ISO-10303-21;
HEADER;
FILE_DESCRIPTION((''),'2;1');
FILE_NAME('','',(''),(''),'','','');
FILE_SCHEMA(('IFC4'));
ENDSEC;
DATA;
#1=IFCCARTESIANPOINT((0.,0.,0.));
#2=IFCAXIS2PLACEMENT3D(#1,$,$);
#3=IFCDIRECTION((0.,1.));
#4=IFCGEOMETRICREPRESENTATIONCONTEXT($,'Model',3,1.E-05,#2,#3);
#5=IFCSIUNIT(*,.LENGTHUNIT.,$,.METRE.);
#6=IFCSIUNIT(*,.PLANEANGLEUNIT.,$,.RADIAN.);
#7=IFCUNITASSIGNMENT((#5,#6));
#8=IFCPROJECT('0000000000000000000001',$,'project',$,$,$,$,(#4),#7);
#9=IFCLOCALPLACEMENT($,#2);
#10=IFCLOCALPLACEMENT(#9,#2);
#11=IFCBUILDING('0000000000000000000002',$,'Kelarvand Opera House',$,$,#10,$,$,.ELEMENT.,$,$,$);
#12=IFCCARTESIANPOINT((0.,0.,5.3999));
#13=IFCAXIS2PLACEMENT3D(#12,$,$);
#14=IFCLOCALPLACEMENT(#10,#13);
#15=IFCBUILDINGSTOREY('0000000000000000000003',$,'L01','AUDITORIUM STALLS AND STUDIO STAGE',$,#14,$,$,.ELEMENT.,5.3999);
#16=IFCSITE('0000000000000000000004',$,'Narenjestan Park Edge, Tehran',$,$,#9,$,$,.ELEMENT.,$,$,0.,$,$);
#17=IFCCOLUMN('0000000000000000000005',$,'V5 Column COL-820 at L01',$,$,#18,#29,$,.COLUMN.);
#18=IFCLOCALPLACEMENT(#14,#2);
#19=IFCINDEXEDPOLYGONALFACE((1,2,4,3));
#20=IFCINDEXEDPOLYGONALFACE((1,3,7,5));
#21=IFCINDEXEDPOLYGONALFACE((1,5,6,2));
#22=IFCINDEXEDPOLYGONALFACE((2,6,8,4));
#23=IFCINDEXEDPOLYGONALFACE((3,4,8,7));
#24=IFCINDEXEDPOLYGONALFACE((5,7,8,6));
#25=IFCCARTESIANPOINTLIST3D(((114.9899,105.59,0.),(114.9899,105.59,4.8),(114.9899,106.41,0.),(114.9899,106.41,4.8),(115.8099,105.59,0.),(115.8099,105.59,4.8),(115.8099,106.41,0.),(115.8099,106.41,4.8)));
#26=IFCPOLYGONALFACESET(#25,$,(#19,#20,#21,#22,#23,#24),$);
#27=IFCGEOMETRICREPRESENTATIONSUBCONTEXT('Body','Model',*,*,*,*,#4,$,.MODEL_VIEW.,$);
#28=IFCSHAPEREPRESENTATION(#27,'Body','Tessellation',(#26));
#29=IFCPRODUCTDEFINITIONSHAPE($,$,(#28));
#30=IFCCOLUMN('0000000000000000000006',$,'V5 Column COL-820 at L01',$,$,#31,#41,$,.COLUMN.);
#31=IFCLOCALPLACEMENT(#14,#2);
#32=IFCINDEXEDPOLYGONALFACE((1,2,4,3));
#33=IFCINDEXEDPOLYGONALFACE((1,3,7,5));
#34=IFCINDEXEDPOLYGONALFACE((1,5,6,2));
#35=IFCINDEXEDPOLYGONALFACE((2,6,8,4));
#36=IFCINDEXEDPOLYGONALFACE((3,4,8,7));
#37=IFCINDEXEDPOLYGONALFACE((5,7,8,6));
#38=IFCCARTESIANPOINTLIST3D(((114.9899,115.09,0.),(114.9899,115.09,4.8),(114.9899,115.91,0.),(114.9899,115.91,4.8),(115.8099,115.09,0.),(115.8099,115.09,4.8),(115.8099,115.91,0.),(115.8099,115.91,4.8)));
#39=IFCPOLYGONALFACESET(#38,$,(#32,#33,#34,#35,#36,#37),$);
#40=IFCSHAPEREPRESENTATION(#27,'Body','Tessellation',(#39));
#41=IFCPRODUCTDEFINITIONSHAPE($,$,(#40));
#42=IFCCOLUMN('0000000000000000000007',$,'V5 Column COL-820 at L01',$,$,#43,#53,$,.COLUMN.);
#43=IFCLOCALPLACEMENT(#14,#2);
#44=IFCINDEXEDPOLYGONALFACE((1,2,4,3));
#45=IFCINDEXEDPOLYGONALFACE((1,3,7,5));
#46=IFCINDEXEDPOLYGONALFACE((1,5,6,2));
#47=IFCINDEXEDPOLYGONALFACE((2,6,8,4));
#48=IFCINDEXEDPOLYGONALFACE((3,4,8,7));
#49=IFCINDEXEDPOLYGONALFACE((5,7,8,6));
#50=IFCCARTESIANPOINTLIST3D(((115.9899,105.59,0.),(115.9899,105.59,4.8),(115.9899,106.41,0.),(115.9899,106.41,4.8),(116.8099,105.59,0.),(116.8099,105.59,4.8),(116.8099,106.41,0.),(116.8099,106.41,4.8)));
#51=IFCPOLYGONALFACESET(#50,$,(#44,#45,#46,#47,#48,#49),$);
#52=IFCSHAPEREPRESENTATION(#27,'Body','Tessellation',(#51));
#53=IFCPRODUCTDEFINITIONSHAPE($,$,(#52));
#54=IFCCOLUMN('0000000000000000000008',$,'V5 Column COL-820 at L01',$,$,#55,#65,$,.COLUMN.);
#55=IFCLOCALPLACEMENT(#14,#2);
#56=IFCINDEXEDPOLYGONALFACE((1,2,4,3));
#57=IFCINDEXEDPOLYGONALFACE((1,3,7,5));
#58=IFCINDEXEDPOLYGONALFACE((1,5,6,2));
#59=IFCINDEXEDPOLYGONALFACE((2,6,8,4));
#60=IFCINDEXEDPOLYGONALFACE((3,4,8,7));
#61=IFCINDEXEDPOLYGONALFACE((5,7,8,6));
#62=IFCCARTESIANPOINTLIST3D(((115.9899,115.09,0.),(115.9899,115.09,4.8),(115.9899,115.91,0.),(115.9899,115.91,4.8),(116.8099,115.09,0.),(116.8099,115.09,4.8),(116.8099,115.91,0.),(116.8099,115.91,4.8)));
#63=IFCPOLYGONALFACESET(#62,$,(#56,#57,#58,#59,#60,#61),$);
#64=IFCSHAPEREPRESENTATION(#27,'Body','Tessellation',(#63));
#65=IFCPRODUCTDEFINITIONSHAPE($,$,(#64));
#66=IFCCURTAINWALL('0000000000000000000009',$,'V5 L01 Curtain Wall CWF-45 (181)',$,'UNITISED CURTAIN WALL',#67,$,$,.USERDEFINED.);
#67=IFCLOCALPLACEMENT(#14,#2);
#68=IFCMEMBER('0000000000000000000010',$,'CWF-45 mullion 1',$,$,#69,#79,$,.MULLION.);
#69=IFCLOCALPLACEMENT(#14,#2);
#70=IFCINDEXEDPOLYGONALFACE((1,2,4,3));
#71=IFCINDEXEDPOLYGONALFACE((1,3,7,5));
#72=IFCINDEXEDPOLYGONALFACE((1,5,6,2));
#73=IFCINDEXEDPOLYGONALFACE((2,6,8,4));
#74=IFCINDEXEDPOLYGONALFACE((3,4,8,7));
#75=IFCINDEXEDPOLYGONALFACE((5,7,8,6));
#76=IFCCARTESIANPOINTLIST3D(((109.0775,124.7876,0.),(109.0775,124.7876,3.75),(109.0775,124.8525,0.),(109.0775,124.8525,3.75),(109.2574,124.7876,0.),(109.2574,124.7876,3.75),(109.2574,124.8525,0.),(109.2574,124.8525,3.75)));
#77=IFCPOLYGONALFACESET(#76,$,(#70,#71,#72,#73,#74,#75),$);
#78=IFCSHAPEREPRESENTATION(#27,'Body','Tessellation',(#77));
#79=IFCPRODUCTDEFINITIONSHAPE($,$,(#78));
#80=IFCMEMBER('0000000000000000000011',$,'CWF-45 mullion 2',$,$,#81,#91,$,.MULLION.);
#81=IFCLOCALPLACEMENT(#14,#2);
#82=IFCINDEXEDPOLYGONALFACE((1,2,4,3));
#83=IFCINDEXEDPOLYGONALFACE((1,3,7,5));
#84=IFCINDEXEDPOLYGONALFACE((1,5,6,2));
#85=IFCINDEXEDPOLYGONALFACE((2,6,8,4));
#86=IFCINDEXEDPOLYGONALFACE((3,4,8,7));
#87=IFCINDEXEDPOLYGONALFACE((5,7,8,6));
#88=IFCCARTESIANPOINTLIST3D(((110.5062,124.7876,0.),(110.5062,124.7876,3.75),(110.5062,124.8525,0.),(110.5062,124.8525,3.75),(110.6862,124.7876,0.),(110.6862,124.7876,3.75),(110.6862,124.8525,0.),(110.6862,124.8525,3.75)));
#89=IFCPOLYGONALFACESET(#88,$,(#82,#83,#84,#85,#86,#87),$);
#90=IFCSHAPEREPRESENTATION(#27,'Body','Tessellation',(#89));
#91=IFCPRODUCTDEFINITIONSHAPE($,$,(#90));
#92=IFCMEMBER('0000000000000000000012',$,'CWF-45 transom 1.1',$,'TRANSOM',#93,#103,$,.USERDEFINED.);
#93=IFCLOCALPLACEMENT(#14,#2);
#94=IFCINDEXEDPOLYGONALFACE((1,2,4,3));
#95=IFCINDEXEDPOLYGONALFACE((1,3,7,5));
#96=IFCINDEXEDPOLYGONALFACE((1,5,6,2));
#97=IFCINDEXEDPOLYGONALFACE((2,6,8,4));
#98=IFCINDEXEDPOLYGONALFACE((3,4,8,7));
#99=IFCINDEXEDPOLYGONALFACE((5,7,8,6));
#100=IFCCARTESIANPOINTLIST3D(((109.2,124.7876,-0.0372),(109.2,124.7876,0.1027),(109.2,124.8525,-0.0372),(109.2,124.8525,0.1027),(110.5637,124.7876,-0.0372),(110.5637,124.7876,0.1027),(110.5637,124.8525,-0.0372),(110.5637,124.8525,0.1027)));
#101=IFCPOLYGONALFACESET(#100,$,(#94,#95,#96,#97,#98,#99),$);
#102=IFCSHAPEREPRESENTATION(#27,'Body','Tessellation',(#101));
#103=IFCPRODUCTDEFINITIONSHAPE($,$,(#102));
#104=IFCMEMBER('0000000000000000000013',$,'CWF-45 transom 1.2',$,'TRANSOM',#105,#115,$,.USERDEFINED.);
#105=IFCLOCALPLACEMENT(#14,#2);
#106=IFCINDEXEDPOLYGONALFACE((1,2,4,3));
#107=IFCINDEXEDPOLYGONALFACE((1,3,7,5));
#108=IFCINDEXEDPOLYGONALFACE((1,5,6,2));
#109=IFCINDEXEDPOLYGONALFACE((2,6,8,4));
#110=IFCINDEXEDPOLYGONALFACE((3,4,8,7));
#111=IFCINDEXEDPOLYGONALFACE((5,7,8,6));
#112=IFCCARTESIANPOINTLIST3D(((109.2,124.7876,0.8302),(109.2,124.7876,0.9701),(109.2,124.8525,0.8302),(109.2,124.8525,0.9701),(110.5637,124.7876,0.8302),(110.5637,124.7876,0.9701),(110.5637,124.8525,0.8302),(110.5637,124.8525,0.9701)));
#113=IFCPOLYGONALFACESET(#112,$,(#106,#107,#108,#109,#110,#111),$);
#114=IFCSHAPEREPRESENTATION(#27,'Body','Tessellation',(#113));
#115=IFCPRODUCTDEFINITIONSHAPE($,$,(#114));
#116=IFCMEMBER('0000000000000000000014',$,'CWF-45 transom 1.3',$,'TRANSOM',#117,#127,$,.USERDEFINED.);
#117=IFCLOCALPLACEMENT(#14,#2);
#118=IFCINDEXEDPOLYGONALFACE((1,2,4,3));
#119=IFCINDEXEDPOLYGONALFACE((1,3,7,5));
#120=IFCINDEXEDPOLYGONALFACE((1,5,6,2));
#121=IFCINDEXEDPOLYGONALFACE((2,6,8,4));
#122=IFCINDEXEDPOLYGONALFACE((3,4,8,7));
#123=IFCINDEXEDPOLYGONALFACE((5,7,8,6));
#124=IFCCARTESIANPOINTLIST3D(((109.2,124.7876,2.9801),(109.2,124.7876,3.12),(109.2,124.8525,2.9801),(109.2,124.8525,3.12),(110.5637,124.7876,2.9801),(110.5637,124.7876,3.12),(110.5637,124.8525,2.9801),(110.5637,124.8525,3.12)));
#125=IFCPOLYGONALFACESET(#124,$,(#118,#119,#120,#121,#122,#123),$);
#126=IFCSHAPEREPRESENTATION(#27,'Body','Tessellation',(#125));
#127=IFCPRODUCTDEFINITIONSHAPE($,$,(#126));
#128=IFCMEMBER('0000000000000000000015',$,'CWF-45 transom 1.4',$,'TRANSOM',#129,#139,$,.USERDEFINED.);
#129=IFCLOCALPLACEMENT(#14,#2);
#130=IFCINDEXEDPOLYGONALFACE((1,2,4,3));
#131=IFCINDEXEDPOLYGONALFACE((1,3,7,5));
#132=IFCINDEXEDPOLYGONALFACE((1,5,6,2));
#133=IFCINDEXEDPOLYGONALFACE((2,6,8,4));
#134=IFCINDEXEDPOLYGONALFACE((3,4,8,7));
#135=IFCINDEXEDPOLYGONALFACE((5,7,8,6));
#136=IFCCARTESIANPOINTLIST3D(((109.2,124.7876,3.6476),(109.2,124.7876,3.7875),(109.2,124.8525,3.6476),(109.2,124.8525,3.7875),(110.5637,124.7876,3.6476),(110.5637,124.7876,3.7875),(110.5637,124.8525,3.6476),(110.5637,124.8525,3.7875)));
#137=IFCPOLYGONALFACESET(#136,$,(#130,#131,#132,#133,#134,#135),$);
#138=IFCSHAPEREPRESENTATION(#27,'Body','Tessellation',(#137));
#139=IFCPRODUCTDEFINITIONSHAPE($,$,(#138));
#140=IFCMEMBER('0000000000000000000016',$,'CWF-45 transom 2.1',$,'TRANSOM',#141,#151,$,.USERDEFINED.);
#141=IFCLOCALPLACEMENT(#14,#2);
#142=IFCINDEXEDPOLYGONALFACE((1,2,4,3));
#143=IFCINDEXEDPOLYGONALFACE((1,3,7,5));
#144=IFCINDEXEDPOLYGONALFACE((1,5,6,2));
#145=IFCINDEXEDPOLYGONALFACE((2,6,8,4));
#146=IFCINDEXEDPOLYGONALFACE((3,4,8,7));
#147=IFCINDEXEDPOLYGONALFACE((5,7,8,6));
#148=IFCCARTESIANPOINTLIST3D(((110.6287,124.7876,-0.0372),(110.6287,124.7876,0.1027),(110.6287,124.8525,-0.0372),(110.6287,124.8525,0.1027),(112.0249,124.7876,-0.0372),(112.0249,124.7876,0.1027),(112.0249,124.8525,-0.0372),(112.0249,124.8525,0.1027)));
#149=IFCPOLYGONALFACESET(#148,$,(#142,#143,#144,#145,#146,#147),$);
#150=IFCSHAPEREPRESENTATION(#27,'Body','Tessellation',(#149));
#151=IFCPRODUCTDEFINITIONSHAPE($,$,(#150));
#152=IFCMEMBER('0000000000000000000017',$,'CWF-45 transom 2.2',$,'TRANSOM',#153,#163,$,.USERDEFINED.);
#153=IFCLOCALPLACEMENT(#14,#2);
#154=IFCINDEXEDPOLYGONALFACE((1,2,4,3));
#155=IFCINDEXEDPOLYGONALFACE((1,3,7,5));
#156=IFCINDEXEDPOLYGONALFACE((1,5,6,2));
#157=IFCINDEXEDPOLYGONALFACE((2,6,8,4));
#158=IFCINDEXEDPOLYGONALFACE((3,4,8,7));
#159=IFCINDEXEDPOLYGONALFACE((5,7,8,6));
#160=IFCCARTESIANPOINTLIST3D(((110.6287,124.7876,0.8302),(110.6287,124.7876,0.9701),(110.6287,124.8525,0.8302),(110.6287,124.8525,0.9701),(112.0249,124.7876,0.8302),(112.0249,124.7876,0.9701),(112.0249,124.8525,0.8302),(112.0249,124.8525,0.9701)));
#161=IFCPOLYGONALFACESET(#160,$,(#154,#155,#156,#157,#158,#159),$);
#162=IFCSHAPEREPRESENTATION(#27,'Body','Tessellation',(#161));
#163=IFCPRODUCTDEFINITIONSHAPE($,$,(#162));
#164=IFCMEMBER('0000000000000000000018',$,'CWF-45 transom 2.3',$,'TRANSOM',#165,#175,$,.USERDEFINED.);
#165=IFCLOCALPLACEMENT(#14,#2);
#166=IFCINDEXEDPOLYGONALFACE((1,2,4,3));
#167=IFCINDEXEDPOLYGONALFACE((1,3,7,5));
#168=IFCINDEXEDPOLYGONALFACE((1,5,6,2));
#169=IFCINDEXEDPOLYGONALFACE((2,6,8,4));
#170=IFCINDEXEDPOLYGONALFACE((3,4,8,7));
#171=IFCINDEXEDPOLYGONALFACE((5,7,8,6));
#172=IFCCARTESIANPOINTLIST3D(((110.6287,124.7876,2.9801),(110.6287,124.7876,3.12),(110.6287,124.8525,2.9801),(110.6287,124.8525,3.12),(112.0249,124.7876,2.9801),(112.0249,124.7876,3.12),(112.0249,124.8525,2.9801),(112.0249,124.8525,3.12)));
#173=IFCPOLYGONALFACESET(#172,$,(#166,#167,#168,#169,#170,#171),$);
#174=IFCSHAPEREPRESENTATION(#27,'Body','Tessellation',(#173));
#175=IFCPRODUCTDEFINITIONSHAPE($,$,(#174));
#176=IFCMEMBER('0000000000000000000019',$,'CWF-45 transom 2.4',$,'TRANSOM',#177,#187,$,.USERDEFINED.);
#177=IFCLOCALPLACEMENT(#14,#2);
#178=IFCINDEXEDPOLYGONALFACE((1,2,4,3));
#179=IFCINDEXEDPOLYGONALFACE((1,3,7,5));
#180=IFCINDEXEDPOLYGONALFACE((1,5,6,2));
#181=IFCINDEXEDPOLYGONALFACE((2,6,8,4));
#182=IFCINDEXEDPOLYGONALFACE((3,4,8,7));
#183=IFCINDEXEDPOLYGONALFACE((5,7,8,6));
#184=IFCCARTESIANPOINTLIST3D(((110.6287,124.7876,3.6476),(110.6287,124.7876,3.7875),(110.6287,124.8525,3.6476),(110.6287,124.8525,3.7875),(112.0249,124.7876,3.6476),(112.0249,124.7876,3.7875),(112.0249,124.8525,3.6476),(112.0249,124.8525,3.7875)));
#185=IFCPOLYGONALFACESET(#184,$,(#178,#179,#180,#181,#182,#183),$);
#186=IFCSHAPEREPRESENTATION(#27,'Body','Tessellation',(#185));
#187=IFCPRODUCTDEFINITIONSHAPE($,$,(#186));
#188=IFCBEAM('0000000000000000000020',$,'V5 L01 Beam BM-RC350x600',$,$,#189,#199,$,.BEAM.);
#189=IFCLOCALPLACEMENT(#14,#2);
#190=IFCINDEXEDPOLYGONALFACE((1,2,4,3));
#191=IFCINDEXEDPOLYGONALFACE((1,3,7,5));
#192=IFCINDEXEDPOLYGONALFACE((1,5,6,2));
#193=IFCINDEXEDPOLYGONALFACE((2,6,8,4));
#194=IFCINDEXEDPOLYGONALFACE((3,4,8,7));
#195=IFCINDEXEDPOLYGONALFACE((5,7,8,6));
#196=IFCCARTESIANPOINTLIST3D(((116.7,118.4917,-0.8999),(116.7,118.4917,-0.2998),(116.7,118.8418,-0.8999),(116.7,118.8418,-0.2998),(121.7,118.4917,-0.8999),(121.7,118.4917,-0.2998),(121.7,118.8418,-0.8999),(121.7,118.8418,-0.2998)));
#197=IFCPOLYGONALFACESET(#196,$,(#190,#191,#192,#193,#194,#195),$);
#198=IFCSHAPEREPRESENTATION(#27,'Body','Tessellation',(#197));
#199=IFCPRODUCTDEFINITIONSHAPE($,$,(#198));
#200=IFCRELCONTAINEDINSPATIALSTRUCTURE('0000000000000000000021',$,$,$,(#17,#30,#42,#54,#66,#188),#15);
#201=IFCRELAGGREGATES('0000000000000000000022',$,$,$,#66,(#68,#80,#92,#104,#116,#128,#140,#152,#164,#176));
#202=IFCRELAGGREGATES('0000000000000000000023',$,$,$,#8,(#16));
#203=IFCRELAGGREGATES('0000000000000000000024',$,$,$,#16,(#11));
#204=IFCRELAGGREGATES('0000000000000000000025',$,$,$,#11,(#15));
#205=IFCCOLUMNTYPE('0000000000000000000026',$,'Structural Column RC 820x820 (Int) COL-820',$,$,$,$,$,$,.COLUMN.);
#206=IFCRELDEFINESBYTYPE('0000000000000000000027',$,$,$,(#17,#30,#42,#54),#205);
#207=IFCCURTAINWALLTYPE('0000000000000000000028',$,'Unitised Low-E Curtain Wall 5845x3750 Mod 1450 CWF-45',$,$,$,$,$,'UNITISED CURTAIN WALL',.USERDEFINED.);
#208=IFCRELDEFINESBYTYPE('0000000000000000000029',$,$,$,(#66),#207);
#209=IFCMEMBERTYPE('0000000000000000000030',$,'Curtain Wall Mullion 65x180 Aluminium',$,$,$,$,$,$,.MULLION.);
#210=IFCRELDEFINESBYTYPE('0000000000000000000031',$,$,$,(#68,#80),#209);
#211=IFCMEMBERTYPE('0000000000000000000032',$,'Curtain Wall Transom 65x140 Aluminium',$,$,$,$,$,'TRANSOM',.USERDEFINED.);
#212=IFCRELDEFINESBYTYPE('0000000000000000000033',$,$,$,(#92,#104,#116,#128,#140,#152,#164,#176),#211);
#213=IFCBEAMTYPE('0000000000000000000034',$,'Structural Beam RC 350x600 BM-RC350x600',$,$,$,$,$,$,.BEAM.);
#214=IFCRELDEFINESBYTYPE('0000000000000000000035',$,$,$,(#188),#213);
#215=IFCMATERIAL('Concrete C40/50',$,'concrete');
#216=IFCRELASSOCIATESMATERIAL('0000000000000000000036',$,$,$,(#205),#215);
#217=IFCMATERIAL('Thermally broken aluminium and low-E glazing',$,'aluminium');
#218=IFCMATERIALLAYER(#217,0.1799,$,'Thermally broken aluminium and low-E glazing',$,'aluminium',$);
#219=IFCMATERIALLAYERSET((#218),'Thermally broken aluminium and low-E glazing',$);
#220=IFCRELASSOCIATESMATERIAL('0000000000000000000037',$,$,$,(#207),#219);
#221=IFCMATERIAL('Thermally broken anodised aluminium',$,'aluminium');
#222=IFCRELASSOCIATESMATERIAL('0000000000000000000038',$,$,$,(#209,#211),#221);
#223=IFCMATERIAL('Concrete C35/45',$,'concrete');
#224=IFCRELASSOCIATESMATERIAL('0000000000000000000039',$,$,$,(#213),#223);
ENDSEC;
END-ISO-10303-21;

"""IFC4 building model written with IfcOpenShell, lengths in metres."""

from ifc_helpers import new_model, si_unit, direction, frame, origin, origin_2d, place, context, subcontext, project, spatial, rectangle, extrude, material, layer, layer_set, material_profile, profile_set, type_object, element, aggregate, save


model = new_model("IFC4")

# Units and contexts
model_context = context("Model", 3, precision=1e-05, world=origin(), true_north=direction((0.0, 1.0)))
body_context = subcontext(model_context, "Body", "Model", "MODEL_VIEW")
ifc_project = project(units=[si_unit("LENGTHUNIT", "METRE"), si_unit("PLANEANGLEUNIT", "RADIAN")], contexts=[model_context])

# Site, building, storey
site_placement = place(None, origin())
site = spatial("IfcSite", under=ifc_project, at=site_placement, Name="Narenjestan Park Edge, Tehran", CompositionType="ELEMENT", RefElevation=0.0)
building_placement = place(site_placement, origin())
building = spatial("IfcBuilding", under=site, at=building_placement, Name="Kelarvand Opera House", CompositionType="ELEMENT")
storey_placement = place(building_placement, frame((0.0, 0.0, 5.3999)))
storey = spatial("IfcBuildingStorey", under=building, at=storey_placement, Name="L01", Description="AUDITORIUM STALLS AND STUDIO STAGE", CompositionType="ELEMENT", Elevation=5.3999)

# Columns
ifc_material_1 = material(Name="Concrete C40/50", Category="concrete")
ifc_material_profile_1 = material_profile(ifc_material_1, rectangle(XDim=0.8201, YDim=0.8201, at=origin_2d()), Name="RC 820x820", Category="concrete")
ifc_profile_set_1 = profile_set([ifc_material_profile_1], Name="Concrete C40/50")
column_type = type_object("IfcColumnType", Name="Structural Column RC 820x820 (Int) COL-820", PredefinedType="COLUMN", material=ifc_profile_set_1)
for number, where, z_axis, x_axis, name in (
    (1, (115.3999, 106.0, 0.0), (0.0, 0.0, 1.0), (1.0, 0.0, 0.0), "V5 Column COL-820 at L01"),
    (2, (115.3999, 115.5, 0.0), (0.0, 0.0, 1.0), (1.0, 0.0, 0.0), "V5 Column COL-820 at L01"),
    (3, (116.3999, 106.0, 0.0), (0.0, 0.0, 1.0), (1.0, 0.0, 0.0), "V5 Column COL-820 at L01"),
    (4, (116.3999, 115.5, 0.0), (0.0, 0.0, 1.0), (1.0, 0.0, 0.0), "V5 Column COL-820 at L01"),
):
    element("IfcColumn", number, at=place(storey_placement, frame(where, z_axis=z_axis, x_axis=x_axis)), inside=storey, type_object=column_type, Name=name, PredefinedType="COLUMN", context=body_context, shape_type="SweptSolid", body=[
        extrude(rectangle(XDim=0.8201, YDim=0.8201, at=origin_2d()), origin(), (0.0, 0.0, 1.0), 4.8),
    ])

# Curtain wall, members
ifc_material_2 = material(Name="Thermally broken aluminium and low-E glazing", Category="aluminium")
ifc_layer_1 = layer(ifc_material_2, 0.1799, Name="Thermally broken aluminium and low-E glazing", Category="aluminium")
ifc_layer_set_1 = layer_set([ifc_layer_1], Name="Thermally broken aluminium and low-E glazing")
curtain_wall_type = type_object("IfcCurtainWallType", Name="Unitised Low-E Curtain Wall 5845x3750 Mod 1450 CWF-45", ElementType="UNITISED CURTAIN WALL", PredefinedType="USERDEFINED", material=ifc_layer_set_1)
curtain_wall_placement = place(storey_placement, origin())
curtain_wall = element("IfcCurtainWall", 5, at=curtain_wall_placement, inside=storey, type_object=curtain_wall_type, Name="V5 L01 Curtain Wall CWF-45 (181)", ObjectType="UNITISED CURTAIN WALL", PredefinedType="USERDEFINED")
ifc_material_3 = material(Name="Thermally broken anodised aluminium", Category="aluminium")
ifc_material_profile_2 = material_profile(ifc_material_3, rectangle(XDim=0.0649, YDim=0.1799, at=origin_2d()), Name="ALU MULLION 65x180", Category="aluminium")
ifc_profile_set_2 = profile_set([ifc_material_profile_2], Name="Thermally broken anodised aluminium")
member_type_1 = type_object("IfcMemberType", Name="Curtain Wall Mullion 65x180 Aluminium", PredefinedType="MULLION", material=ifc_profile_set_2)
member_1_placement = place(storey_placement, frame((109.1675, 124.8201, 0.0), z_axis=(0.0, 0.0, 1.0), x_axis=(0.0, 1.0, 0.0)))
member_1 = element("IfcMember", 6, at=member_1_placement, type_object=member_type_1, Name="CWF-45 mullion 1", PredefinedType="MULLION", context=body_context, shape_type="SweptSolid", body=[
    extrude(rectangle(XDim=0.0649, YDim=0.1799, at=origin_2d()), origin(), (0.0, 0.0, 1.0), 3.75),
])
member_2_placement = place(storey_placement, frame((110.5962, 124.8201, 0.0), z_axis=(0.0, 0.0, 1.0), x_axis=(0.0, 1.0, 0.0)))
member_2 = element("IfcMember", 7, at=member_2_placement, type_object=member_type_1, Name="CWF-45 mullion 2", PredefinedType="MULLION", context=body_context, shape_type="SweptSolid", body=[
    extrude(rectangle(XDim=0.0649, YDim=0.1799, at=origin_2d()), origin(), (0.0, 0.0, 1.0), 3.75),
])
ifc_material_profile_3 = material_profile(ifc_material_3, rectangle(XDim=0.0649, YDim=0.1399, at=origin_2d()), Name="ALU TRANSOM 65x140", Category="aluminium")
ifc_profile_set_3 = profile_set([ifc_material_profile_3], Name="Thermally broken anodised aluminium")
member_type_2 = type_object("IfcMemberType", Name="Curtain Wall Transom 65x140 Aluminium", ElementType="TRANSOM", PredefinedType="USERDEFINED", material=ifc_profile_set_3)
member_3_placement = place(storey_placement, frame((109.2, 124.8201, 0.0327), z_axis=(1.0, 0.0, 0.0), x_axis=(0.0, 1.0, 0.0)))
member_3 = element("IfcMember", 8, at=member_3_placement, type_object=member_type_2, Name="CWF-45 transom 1.1", ObjectType="TRANSOM", PredefinedType="USERDEFINED", context=body_context, shape_type="SweptSolid", body=[
    extrude(rectangle(XDim=0.0649, YDim=0.1399, at=origin_2d()), origin(), (0.0, 0.0, 1.0), 1.3638),
])
member_4_placement = place(storey_placement, frame((109.2, 124.8201, 0.9001), z_axis=(1.0, 0.0, 0.0), x_axis=(0.0, 1.0, 0.0)))
member_4 = element("IfcMember", 9, at=member_4_placement, type_object=member_type_2, Name="CWF-45 transom 1.2", ObjectType="TRANSOM", PredefinedType="USERDEFINED", context=body_context, shape_type="SweptSolid", body=[
    extrude(rectangle(XDim=0.0649, YDim=0.1399, at=origin_2d()), origin(), (0.0, 0.0, 1.0), 1.3638),
])
member_5_placement = place(storey_placement, frame((109.2, 124.8201, 3.05), z_axis=(1.0, 0.0, 0.0), x_axis=(0.0, 1.0, 0.0)))
member_5 = element("IfcMember", 10, at=member_5_placement, type_object=member_type_2, Name="CWF-45 transom 1.3", ObjectType="TRANSOM", PredefinedType="USERDEFINED", context=body_context, shape_type="SweptSolid", body=[
    extrude(rectangle(XDim=0.0649, YDim=0.1399, at=origin_2d()), origin(), (0.0, 0.0, 1.0), 1.3638),
])
member_6_placement = place(storey_placement, frame((109.2, 124.8201, 3.7175), z_axis=(1.0, 0.0, 0.0), x_axis=(0.0, 1.0, 0.0)))
member_6 = element("IfcMember", 11, at=member_6_placement, type_object=member_type_2, Name="CWF-45 transom 1.4", ObjectType="TRANSOM", PredefinedType="USERDEFINED", context=body_context, shape_type="SweptSolid", body=[
    extrude(rectangle(XDim=0.0649, YDim=0.1399, at=origin_2d()), origin(), (0.0, 0.0, 1.0), 1.3638),
])
member_7_placement = place(storey_placement, frame((110.6287, 124.8201, 0.0327), z_axis=(1.0, 0.0, 0.0), x_axis=(0.0, 1.0, 0.0)))
member_7 = element("IfcMember", 12, at=member_7_placement, type_object=member_type_2, Name="CWF-45 transom 2.1", ObjectType="TRANSOM", PredefinedType="USERDEFINED", context=body_context, shape_type="SweptSolid", body=[
    extrude(rectangle(XDim=0.0649, YDim=0.1399, at=origin_2d()), origin(), (0.0, 0.0, 1.0), 1.3962),
])
member_8_placement = place(storey_placement, frame((110.6287, 124.8201, 0.9001), z_axis=(1.0, 0.0, 0.0), x_axis=(0.0, 1.0, 0.0)))
member_8 = element("IfcMember", 13, at=member_8_placement, type_object=member_type_2, Name="CWF-45 transom 2.2", ObjectType="TRANSOM", PredefinedType="USERDEFINED", context=body_context, shape_type="SweptSolid", body=[
    extrude(rectangle(XDim=0.0649, YDim=0.1399, at=origin_2d()), origin(), (0.0, 0.0, 1.0), 1.3962),
])
member_9_placement = place(storey_placement, frame((110.6287, 124.8201, 3.05), z_axis=(1.0, 0.0, 0.0), x_axis=(0.0, 1.0, 0.0)))
member_9 = element("IfcMember", 14, at=member_9_placement, type_object=member_type_2, Name="CWF-45 transom 2.3", ObjectType="TRANSOM", PredefinedType="USERDEFINED", context=body_context, shape_type="SweptSolid", body=[
    extrude(rectangle(XDim=0.0649, YDim=0.1399, at=origin_2d()), origin(), (0.0, 0.0, 1.0), 1.3962),
])
member_10_placement = place(storey_placement, frame((110.6287, 124.8201, 3.7175), z_axis=(1.0, 0.0, 0.0), x_axis=(0.0, 1.0, 0.0)))
member_10 = element("IfcMember", 15, at=member_10_placement, type_object=member_type_2, Name="CWF-45 transom 2.4", ObjectType="TRANSOM", PredefinedType="USERDEFINED", context=body_context, shape_type="SweptSolid", body=[
    extrude(rectangle(XDim=0.0649, YDim=0.1399, at=origin_2d()), origin(), (0.0, 0.0, 1.0), 1.3962),
])

# Beam
ifc_material_4 = material(Name="Concrete C35/45", Category="concrete")
ifc_material_profile_4 = material_profile(ifc_material_4, rectangle(XDim=0.3501, YDim=0.6001, at=origin_2d()), Name="RC 350x600", Category="concrete")
ifc_profile_set_4 = profile_set([ifc_material_profile_4], Name="Concrete C35/45")
beam_type_1 = type_object("IfcBeamType", Name="Structural Beam RC 350x600 BM-RC350x600", PredefinedType="BEAM", material=ifc_profile_set_4)
for number, where, z_axis, x_axis, name in (
    (16, (116.7, 118.6667, -0.5999), (1.0, 0.0, 0.0), (0.0, 1.0, 0.0), "V5 L01 Beam BM-RC350x600"),
):
    element("IfcBeam", number, at=place(storey_placement, frame(where, z_axis=z_axis, x_axis=x_axis)), inside=storey, type_object=beam_type_1, Name=name, PredefinedType="BEAM", context=body_context, shape_type="SweptSolid", body=[
        extrude(rectangle(XDim=0.3501, YDim=0.6001, at=origin_2d()), origin(), (0.0, 0.0, 1.0), 5.0),
    ])

aggregate(curtain_wall, [member_1, member_2, member_3, member_4, member_5, member_6, member_7, member_8, member_9, member_10])

save(model, "model.ifc")
